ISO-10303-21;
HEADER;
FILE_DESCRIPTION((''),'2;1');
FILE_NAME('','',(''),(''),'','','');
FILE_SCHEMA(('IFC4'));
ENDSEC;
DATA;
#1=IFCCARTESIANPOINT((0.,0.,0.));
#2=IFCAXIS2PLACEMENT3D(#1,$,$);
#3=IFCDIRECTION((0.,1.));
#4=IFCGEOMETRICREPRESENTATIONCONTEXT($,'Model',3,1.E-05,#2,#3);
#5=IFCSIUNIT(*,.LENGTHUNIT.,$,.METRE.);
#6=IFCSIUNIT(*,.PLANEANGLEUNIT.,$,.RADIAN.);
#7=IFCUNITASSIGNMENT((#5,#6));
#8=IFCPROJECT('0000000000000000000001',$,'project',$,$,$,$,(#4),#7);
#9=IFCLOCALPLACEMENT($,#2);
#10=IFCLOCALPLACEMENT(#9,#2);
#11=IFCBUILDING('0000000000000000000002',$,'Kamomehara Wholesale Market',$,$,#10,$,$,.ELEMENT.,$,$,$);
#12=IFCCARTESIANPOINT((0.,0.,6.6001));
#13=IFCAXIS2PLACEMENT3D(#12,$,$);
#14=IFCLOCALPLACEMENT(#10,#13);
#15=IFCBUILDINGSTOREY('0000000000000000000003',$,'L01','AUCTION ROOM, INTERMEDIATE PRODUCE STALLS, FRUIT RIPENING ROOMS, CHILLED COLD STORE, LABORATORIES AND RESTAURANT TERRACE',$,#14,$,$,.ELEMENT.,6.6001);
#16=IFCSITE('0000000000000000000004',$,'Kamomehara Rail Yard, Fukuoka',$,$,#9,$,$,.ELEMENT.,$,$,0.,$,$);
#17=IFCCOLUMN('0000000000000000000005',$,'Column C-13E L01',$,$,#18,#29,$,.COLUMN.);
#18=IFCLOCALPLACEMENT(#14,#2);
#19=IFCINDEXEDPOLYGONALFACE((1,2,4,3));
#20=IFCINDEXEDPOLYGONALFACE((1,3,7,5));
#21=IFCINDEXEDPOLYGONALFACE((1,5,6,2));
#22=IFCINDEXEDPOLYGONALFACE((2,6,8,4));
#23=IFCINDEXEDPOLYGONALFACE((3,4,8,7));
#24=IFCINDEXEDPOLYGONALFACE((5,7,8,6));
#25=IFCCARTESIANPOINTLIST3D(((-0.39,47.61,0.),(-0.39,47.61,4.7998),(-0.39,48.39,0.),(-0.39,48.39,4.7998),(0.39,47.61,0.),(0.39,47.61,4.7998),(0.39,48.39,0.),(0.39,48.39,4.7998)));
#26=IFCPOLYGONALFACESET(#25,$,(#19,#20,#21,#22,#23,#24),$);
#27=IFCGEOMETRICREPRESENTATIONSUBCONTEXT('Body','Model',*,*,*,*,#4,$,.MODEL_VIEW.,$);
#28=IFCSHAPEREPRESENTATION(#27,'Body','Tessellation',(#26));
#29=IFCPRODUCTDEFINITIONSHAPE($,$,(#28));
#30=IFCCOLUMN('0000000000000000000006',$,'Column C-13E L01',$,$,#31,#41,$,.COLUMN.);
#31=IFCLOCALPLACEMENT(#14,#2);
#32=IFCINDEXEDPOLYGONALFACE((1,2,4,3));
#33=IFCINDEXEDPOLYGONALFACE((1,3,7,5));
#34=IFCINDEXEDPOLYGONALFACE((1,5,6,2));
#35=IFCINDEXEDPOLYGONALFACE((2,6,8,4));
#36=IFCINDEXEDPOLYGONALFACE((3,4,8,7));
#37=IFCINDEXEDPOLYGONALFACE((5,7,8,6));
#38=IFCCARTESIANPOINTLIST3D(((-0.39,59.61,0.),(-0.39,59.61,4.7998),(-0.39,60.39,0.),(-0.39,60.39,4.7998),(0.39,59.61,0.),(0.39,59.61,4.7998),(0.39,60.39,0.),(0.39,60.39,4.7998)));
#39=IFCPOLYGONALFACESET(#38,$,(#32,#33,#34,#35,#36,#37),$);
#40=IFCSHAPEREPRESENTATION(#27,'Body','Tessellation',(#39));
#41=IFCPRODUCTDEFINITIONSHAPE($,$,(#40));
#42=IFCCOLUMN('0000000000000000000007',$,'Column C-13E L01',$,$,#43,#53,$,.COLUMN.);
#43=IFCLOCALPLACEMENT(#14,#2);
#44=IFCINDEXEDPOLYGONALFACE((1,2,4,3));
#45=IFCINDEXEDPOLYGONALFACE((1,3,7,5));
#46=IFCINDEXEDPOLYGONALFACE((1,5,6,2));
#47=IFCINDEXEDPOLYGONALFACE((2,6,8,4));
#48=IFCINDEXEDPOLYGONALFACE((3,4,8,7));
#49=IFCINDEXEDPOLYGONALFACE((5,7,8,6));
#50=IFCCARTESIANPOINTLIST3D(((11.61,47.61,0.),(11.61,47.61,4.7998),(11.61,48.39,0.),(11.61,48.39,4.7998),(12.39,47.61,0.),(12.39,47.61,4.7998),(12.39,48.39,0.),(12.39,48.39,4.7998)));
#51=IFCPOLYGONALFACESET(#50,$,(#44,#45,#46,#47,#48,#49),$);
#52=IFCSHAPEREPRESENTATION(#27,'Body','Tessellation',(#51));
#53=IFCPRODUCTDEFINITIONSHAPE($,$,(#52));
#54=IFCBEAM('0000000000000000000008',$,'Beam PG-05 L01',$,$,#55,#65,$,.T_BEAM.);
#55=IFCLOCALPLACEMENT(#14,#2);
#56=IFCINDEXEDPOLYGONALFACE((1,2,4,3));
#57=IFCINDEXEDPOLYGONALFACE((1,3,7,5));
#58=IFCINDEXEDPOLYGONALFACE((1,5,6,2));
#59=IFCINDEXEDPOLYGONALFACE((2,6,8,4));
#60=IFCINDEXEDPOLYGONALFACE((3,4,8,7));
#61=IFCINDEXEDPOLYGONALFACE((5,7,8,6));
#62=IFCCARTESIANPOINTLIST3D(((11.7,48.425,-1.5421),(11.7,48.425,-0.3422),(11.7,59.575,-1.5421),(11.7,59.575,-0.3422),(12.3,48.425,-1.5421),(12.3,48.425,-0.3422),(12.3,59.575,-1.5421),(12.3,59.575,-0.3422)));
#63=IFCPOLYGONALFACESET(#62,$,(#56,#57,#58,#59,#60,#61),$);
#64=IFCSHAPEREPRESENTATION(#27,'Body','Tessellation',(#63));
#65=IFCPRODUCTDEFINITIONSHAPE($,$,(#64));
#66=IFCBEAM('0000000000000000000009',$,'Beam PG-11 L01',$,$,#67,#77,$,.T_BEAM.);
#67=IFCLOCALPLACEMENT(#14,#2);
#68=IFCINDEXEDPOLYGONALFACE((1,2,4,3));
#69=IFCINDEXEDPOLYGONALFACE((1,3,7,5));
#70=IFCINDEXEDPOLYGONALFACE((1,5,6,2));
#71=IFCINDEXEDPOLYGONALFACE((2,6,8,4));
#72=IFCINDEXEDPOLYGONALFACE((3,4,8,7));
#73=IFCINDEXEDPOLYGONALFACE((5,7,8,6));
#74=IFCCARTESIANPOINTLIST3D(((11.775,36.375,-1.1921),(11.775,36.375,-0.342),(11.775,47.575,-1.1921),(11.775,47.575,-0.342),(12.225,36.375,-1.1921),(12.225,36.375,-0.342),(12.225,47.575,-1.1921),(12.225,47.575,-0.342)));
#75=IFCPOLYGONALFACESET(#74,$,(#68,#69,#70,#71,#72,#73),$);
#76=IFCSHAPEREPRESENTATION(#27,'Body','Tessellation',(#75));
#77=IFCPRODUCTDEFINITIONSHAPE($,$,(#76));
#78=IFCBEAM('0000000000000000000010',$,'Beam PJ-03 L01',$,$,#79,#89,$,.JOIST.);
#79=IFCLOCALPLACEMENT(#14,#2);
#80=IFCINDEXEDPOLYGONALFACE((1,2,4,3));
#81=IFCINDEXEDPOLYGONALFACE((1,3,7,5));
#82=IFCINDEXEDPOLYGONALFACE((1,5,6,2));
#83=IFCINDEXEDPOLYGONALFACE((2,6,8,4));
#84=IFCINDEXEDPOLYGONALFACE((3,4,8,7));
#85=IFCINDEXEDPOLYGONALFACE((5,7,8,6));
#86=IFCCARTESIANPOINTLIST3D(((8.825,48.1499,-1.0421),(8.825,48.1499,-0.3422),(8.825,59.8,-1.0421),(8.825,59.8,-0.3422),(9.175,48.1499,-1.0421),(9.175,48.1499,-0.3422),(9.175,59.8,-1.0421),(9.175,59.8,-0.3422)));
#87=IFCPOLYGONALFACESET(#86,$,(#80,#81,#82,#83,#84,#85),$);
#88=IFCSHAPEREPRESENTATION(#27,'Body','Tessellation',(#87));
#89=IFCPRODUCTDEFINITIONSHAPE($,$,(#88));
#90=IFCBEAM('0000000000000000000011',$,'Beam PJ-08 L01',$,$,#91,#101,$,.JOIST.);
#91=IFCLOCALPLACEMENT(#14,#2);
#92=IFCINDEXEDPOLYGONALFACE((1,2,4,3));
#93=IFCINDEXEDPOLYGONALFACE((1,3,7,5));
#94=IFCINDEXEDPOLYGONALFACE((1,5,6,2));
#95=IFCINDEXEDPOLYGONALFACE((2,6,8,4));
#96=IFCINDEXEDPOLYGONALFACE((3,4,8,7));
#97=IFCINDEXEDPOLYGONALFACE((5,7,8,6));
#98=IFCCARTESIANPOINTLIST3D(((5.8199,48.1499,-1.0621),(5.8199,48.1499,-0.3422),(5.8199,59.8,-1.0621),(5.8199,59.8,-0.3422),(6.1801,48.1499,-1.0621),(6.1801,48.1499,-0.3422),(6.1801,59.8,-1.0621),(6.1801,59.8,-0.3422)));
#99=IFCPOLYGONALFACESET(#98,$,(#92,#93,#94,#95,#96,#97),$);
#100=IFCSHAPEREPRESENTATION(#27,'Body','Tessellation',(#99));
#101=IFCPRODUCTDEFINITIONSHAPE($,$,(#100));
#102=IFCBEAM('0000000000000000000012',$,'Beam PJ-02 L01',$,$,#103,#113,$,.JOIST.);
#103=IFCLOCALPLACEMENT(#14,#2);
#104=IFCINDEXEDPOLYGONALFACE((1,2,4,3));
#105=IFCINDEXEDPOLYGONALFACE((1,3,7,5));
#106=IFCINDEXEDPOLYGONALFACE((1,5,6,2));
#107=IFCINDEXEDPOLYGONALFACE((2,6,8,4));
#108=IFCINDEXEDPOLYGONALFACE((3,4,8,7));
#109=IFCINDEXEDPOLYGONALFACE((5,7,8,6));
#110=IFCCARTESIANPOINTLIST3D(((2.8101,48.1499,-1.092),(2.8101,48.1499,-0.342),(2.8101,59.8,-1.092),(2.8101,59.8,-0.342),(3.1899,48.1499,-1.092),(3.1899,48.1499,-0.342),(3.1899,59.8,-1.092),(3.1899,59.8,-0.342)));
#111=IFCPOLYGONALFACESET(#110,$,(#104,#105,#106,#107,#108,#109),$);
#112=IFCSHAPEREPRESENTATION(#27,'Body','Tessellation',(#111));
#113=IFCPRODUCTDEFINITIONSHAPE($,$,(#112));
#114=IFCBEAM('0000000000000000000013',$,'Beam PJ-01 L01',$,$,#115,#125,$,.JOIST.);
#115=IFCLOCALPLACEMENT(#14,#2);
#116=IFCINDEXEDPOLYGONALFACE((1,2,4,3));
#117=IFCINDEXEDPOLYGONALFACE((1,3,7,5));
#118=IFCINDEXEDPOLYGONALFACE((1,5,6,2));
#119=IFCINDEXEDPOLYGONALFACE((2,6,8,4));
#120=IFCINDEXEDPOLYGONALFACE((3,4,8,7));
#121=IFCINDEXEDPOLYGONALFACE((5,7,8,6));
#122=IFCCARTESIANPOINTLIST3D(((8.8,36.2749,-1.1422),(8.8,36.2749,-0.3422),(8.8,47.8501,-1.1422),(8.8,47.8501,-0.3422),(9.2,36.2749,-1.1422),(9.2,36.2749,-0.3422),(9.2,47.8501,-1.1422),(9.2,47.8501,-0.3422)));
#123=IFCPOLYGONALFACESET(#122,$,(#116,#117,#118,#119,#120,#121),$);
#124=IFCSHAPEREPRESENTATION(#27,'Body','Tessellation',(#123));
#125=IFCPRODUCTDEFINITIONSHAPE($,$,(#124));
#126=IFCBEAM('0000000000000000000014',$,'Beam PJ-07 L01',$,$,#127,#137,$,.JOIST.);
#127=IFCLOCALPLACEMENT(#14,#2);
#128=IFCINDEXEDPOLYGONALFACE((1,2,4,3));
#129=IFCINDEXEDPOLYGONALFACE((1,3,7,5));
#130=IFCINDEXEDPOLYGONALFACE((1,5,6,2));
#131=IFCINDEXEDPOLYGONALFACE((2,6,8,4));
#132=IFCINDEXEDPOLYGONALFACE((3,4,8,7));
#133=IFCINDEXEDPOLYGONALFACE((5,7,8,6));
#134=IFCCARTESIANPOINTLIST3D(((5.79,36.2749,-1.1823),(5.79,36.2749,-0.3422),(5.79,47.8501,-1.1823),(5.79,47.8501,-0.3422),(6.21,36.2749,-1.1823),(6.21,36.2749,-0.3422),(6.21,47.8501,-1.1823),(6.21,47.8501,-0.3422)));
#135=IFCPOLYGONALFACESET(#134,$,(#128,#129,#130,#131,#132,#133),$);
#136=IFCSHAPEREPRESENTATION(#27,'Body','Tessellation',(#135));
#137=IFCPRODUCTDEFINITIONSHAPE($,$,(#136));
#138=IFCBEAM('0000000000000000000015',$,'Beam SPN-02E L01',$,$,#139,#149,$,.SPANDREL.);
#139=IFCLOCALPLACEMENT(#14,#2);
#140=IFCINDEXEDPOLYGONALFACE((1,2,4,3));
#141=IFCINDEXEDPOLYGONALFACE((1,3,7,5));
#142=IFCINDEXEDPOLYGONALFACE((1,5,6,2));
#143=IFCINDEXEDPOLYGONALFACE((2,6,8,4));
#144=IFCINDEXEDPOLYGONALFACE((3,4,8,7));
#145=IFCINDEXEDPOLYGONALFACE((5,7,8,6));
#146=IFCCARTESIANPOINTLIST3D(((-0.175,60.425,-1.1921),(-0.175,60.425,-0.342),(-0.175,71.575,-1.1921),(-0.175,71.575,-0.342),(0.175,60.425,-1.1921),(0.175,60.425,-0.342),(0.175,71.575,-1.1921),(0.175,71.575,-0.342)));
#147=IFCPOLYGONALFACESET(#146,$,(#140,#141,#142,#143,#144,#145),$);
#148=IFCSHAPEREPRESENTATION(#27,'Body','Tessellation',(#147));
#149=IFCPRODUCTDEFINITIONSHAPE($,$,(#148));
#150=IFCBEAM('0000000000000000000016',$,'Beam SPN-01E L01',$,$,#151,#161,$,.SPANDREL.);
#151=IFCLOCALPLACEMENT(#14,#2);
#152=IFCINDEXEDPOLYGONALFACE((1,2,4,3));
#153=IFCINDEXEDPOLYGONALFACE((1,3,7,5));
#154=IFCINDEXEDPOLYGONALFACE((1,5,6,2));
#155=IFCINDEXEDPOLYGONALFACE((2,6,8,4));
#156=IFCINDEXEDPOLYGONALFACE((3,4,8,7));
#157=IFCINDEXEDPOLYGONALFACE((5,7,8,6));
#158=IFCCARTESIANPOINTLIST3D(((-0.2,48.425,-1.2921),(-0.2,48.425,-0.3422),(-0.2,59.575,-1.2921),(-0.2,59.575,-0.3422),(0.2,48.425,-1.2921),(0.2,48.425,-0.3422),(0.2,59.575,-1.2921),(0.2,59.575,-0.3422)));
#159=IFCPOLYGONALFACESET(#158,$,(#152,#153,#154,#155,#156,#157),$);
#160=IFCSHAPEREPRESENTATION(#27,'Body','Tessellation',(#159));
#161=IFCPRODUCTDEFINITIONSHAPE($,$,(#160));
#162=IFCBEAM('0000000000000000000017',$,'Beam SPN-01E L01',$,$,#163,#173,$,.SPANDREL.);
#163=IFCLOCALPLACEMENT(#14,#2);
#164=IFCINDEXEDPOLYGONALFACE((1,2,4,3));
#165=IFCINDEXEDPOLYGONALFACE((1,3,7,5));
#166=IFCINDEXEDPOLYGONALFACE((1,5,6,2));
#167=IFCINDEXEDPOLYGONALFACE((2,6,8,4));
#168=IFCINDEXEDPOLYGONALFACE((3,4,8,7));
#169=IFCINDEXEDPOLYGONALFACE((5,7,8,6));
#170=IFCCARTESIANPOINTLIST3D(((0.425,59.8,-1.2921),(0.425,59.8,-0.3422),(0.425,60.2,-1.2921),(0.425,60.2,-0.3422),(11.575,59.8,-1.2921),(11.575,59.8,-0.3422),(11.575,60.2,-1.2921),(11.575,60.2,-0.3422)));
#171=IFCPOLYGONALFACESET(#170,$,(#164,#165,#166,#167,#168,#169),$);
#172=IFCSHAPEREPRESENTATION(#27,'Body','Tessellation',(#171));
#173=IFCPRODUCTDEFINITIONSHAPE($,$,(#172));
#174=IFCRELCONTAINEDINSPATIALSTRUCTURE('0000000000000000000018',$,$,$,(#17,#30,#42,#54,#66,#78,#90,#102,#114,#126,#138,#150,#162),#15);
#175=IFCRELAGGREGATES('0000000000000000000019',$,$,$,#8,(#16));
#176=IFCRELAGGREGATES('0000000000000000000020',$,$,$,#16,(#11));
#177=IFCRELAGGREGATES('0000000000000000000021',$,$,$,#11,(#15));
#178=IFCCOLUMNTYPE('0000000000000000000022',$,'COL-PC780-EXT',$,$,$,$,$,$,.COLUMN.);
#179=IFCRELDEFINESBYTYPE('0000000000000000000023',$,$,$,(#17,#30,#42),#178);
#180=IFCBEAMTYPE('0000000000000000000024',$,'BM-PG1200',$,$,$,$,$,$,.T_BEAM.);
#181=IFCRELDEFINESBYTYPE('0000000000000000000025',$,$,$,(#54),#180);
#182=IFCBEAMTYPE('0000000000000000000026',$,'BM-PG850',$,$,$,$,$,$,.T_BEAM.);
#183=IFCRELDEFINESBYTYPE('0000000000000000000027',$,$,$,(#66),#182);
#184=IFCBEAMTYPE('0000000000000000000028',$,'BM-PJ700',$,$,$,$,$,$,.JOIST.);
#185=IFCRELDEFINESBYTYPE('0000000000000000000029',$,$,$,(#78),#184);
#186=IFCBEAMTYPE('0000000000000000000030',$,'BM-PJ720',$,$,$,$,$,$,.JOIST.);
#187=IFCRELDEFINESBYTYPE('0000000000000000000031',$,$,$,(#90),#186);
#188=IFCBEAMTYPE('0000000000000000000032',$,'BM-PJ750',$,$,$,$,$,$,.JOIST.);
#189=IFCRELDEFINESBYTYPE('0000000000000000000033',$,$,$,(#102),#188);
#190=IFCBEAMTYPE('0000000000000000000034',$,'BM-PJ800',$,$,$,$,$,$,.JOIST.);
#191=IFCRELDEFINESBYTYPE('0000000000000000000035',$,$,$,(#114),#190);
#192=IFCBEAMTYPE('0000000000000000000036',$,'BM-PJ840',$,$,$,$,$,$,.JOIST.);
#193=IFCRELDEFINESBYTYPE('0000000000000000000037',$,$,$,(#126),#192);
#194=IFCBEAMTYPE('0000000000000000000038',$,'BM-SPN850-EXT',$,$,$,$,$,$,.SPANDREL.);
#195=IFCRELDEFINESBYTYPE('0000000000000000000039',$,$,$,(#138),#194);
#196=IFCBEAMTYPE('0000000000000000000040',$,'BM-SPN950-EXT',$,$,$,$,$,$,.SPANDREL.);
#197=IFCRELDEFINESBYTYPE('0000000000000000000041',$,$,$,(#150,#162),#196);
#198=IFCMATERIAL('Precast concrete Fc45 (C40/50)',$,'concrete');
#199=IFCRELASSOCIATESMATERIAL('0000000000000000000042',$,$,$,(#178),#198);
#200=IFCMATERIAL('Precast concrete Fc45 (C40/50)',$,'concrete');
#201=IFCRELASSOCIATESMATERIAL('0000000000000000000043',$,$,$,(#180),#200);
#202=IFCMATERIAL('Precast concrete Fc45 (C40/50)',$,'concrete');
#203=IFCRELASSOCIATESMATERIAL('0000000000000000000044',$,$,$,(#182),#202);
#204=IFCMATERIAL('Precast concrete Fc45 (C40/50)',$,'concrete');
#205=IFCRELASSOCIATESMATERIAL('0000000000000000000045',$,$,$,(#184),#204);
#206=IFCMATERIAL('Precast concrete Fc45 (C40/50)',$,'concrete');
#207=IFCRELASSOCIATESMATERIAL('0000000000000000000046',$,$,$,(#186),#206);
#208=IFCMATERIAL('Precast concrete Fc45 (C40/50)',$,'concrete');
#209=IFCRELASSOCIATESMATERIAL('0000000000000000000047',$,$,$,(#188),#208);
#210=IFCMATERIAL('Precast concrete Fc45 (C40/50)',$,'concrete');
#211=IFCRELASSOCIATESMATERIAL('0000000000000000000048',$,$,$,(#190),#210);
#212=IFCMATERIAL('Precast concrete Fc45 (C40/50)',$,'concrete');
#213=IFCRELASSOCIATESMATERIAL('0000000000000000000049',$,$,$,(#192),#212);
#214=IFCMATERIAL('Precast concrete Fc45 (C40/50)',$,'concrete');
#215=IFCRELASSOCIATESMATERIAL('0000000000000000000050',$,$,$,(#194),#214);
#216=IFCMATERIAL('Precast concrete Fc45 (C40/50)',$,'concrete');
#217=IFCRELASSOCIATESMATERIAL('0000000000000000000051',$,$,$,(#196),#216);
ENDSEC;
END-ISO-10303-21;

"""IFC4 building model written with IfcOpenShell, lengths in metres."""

from ifc_helpers import new_model, si_unit, direction, frame, origin, origin_2d, place, context, subcontext, project, spatial, rectangle, extrude, material, material_profile, profile_set, type_object, element, save


model = new_model("IFC4")

# Units and contexts
model_context = context("Model", 3, precision=1e-05, world=origin(), true_north=direction((0.0, 1.0)))
body_context = subcontext(model_context, "Body", "Model", "MODEL_VIEW")
ifc_project = project(units=[si_unit("LENGTHUNIT", "METRE"), si_unit("PLANEANGLEUNIT", "RADIAN")], contexts=[model_context])

# Site, building, storey
site_placement = place(None, origin())
site = spatial("IfcSite", under=ifc_project, at=site_placement, Name="Kamomehara Rail Yard, Fukuoka", CompositionType="ELEMENT", RefElevation=0.0)
building_placement = place(site_placement, origin())
building = spatial("IfcBuilding", under=site, at=building_placement, Name="Kamomehara Wholesale Market", CompositionType="ELEMENT")
storey_placement = place(building_placement, frame((0.0, 0.0, 6.6001)))
storey = spatial("IfcBuildingStorey", under=building, at=storey_placement, Name="L01", Description="AUCTION ROOM, INTERMEDIATE PRODUCE STALLS, FRUIT RIPENING ROOMS, CHILLED COLD STORE, LABORATORIES AND RESTAURANT TERRACE", CompositionType="ELEMENT", Elevation=6.6001)

# Columns
ifc_material_1 = material(Name="Precast concrete Fc45 (C40/50)", Category="concrete")
ifc_material_profile_1 = material_profile(ifc_material_1, rectangle(XDim=0.78, YDim=0.78, at=origin_2d()), Name="PC-COL-780x780")
ifc_profile_set_1 = profile_set([ifc_material_profile_1], Name="Precast concrete Fc45 (C40/50)")
column_type = type_object("IfcColumnType", Name="COL-PC780-EXT", PredefinedType="COLUMN", material=ifc_profile_set_1)
for number, where, z_axis, x_axis, name in (
    (1, (0.0, 48.0, 0.0), (0.0, 0.0, 1.0), (1.0, 0.0, 0.0), "Column C-13E L01"),
    (2, (0.0, 60.0, 0.0), (0.0, 0.0, 1.0), (1.0, 0.0, 0.0), "Column C-13E L01"),
    (3, (12.0, 48.0, 0.0), (0.0, 0.0, 1.0), (1.0, 0.0, 0.0), "Column C-13E L01"),
):
    element("IfcColumn", number, at=place(storey_placement, frame(where, z_axis=z_axis, x_axis=x_axis)), inside=storey, type_object=column_type, Name=name, PredefinedType="COLUMN", context=body_context, shape_type="SweptSolid", body=[
        extrude(rectangle(XDim=0.78, YDim=0.78, at=origin_2d()), origin(), (0.0, 0.0, 1.0), 4.7998),
    ])

# Beams
ifc_material_2 = material(Name="Precast concrete Fc45 (C40/50)", Category="concrete")
ifc_material_profile_2 = material_profile(ifc_material_2, rectangle(XDim=0.6001, YDim=1.2, at=origin_2d()), Name="PC-GRD-600x1200")
ifc_profile_set_2 = profile_set([ifc_material_profile_2], Name="Precast concrete Fc45 (C40/50)")
beam_type_1 = type_object("IfcBeamType", Name="BM-PG1200", PredefinedType="T_BEAM", material=ifc_profile_set_2)
beam_1_placement = place(storey_placement, frame((12.0, 48.425, -0.9421), z_axis=(0.0, 1.0, 0.0), x_axis=(-1.0, 0.0, 0.0)))
element("IfcBeam", 4, at=beam_1_placement, inside=storey, type_object=beam_type_1, Name="Beam PG-05 L01", PredefinedType="T_BEAM", context=body_context, shape_type="SweptSolid", body=[
    extrude(rectangle(XDim=0.6001, YDim=1.2, at=origin_2d()), origin(), (0.0, 0.0, 1.0), 11.1499),
])
ifc_material_3 = material(Name="Precast concrete Fc45 (C40/50)", Category="concrete")
ifc_material_profile_3 = material_profile(ifc_material_3, rectangle(XDim=0.45, YDim=0.8501, at=origin_2d()), Name="PC-GRD-450x850")
ifc_profile_set_3 = profile_set([ifc_material_profile_3], Name="Precast concrete Fc45 (C40/50)")
beam_type_2 = type_object("IfcBeamType", Name="BM-PG850", PredefinedType="T_BEAM", material=ifc_profile_set_3)
beam_2_placement = place(storey_placement, frame((12.0, 36.375, -0.7671), z_axis=(0.0, 1.0, 0.0), x_axis=(-1.0, 0.0, 0.0)))
element("IfcBeam", 5, at=beam_2_placement, inside=storey, type_object=beam_type_2, Name="Beam PG-11 L01", PredefinedType="T_BEAM", context=body_context, shape_type="SweptSolid", body=[
    extrude(rectangle(XDim=0.45, YDim=0.8501, at=origin_2d()), origin(), (0.0, 0.0, 1.0), 11.2),
])
ifc_material_4 = material(Name="Precast concrete Fc45 (C40/50)", Category="concrete")
ifc_material_profile_4 = material_profile(ifc_material_4, rectangle(XDim=0.3501, YDim=0.7, at=origin_2d()), Name="PC-JST-350x700")
ifc_profile_set_4 = profile_set([ifc_material_profile_4], Name="Precast concrete Fc45 (C40/50)")
beam_type_3 = type_object("IfcBeamType", Name="BM-PJ700", PredefinedType="JOIST", material=ifc_profile_set_4)
beam_3_placement = place(storey_placement, frame((9.0, 48.1499, -0.6921), z_axis=(0.0, 1.0, 0.0), x_axis=(-1.0, 0.0, 0.0)))
element("IfcBeam", 6, at=beam_3_placement, inside=storey, type_object=beam_type_3, Name="Beam PJ-03 L01", PredefinedType="JOIST", context=body_context, shape_type="SweptSolid", body=[
    extrude(rectangle(XDim=0.3501, YDim=0.7, at=origin_2d()), origin(), (0.0, 0.0, 1.0), 11.6501),
])
ifc_material_5 = material(Name="Precast concrete Fc45 (C40/50)", Category="concrete")
ifc_material_profile_5 = material_profile(ifc_material_5, rectangle(XDim=0.3601, YDim=0.72, at=origin_2d()), Name="PC-JST-360x720")
ifc_profile_set_5 = profile_set([ifc_material_profile_5], Name="Precast concrete Fc45 (C40/50)")
beam_type_4 = type_object("IfcBeamType", Name="BM-PJ720", PredefinedType="JOIST", material=ifc_profile_set_5)
beam_4_placement = place(storey_placement, frame((6.0, 48.1499, -0.7021), z_axis=(0.0, 1.0, 0.0), x_axis=(-1.0, 0.0, 0.0)))
element("IfcBeam", 7, at=beam_4_placement, inside=storey, type_object=beam_type_4, Name="Beam PJ-08 L01", PredefinedType="JOIST", context=body_context, shape_type="SweptSolid", body=[
    extrude(rectangle(XDim=0.3601, YDim=0.72, at=origin_2d()), origin(), (0.0, 0.0, 1.0), 11.6501),
])
ifc_material_6 = material(Name="Precast concrete Fc45 (C40/50)", Category="concrete")
ifc_material_profile_6 = material_profile(ifc_material_6, rectangle(XDim=0.3799, YDim=0.75, at=origin_2d()), Name="PC-JST-380x750")
ifc_profile_set_6 = profile_set([ifc_material_profile_6], Name="Precast concrete Fc45 (C40/50)")
beam_type_5 = type_object("IfcBeamType", Name="BM-PJ750", PredefinedType="JOIST", material=ifc_profile_set_6)
beam_5_placement = place(storey_placement, frame((3.0, 48.1499, -0.717), z_axis=(0.0, 1.0, 0.0), x_axis=(-1.0, 0.0, 0.0)))
element("IfcBeam", 8, at=beam_5_placement, inside=storey, type_object=beam_type_5, Name="Beam PJ-02 L01", PredefinedType="JOIST", context=body_context, shape_type="SweptSolid", body=[
    extrude(rectangle(XDim=0.3799, YDim=0.75, at=origin_2d()), origin(), (0.0, 0.0, 1.0), 11.6501),
])
ifc_material_7 = material(Name="Precast concrete Fc45 (C40/50)", Category="concrete")
ifc_material_profile_7 = material_profile(ifc_material_7, rectangle(XDim=0.3999, YDim=0.8, at=origin_2d()), Name="PC-JST-400x800")
ifc_profile_set_7 = profile_set([ifc_material_profile_7], Name="Precast concrete Fc45 (C40/50)")
beam_type_6 = type_object("IfcBeamType", Name="BM-PJ800", PredefinedType="JOIST", material=ifc_profile_set_7)
beam_6_placement = place(storey_placement, frame((9.0, 36.2749, -0.7422), z_axis=(0.0, 1.0, 0.0), x_axis=(-1.0, 0.0, 0.0)))
element("IfcBeam", 9, at=beam_6_placement, inside=storey, type_object=beam_type_6, Name="Beam PJ-01 L01", PredefinedType="JOIST", context=body_context, shape_type="SweptSolid", body=[
    extrude(rectangle(XDim=0.3999, YDim=0.8, at=origin_2d()), origin(), (0.0, 0.0, 1.0), 11.5752),
])
ifc_material_8 = material(Name="Precast concrete Fc45 (C40/50)", Category="concrete")
ifc_material_profile_8 = material_profile(ifc_material_8, rectangle(XDim=0.4199, YDim=0.8401, at=origin_2d()), Name="PC-JST-420x840")
ifc_profile_set_8 = profile_set([ifc_material_profile_8], Name="Precast concrete Fc45 (C40/50)")
beam_type_7 = type_object("IfcBeamType", Name="BM-PJ840", PredefinedType="JOIST", material=ifc_profile_set_8)
beam_7_placement = place(storey_placement, frame((6.0, 36.2749, -0.7622), z_axis=(0.0, 1.0, 0.0), x_axis=(-1.0, 0.0, 0.0)))
element("IfcBeam", 10, at=beam_7_placement, inside=storey, type_object=beam_type_7, Name="Beam PJ-07 L01", PredefinedType="JOIST", context=body_context, shape_type="SweptSolid", body=[
    extrude(rectangle(XDim=0.4199, YDim=0.8401, at=origin_2d()), origin(), (0.0, 0.0, 1.0), 11.5752),
])
ifc_material_9 = material(Name="Precast concrete Fc45 (C40/50)", Category="concrete")
ifc_material_profile_9 = material_profile(ifc_material_9, rectangle(XDim=0.3501, YDim=0.8501, at=origin_2d()), Name="PC-SPN-350x850")
ifc_profile_set_9 = profile_set([ifc_material_profile_9], Name="Precast concrete Fc45 (C40/50)")
beam_type_8 = type_object("IfcBeamType", Name="BM-SPN850-EXT", PredefinedType="SPANDREL", material=ifc_profile_set_9)
beam_8_placement = place(storey_placement, frame((0.0, 60.425, -0.7671), z_axis=(0.0, 1.0, 0.0), x_axis=(-1.0, 0.0, 0.0)))
element("IfcBeam", 11, at=beam_8_placement, inside=storey, type_object=beam_type_8, Name="Beam SPN-02E L01", PredefinedType="SPANDREL", context=body_context, shape_type="SweptSolid", body=[
    extrude(rectangle(XDim=0.3501, YDim=0.8501, at=origin_2d()), origin(), (0.0, 0.0, 1.0), 11.1499),
])
ifc_material_10 = material(Name="Precast concrete Fc45 (C40/50)", Category="concrete")
ifc_material_profile_10 = material_profile(ifc_material_10, rectangle(XDim=0.3999, YDim=0.95, at=origin_2d()), Name="PC-SPN-400x950")
ifc_profile_set_10 = profile_set([ifc_material_profile_10], Name="Precast concrete Fc45 (C40/50)")
beam_type_9 = type_object("IfcBeamType", Name="BM-SPN950-EXT", PredefinedType="SPANDREL", material=ifc_profile_set_10)
for number, where, z_axis, x_axis, name in (
    (12, (0.0, 48.425, -0.8171), (0.0, 1.0, 0.0), (-1.0, 0.0, 0.0), "Beam SPN-01E L01"),
    (13, (0.425, 60.0, -0.8171), (1.0, 0.0, 0.0), (0.0, 1.0, 0.0), "Beam SPN-01E L01"),
):
    element("IfcBeam", number, at=place(storey_placement, frame(where, z_axis=z_axis, x_axis=x_axis)), inside=storey, type_object=beam_type_9, Name=name, PredefinedType="SPANDREL", context=body_context, shape_type="SweptSolid", body=[
        extrude(rectangle(XDim=0.3999, YDim=0.95, at=origin_2d()), origin(), (0.0, 0.0, 1.0), 11.1499),
    ])

save(model, "model.ifc")
